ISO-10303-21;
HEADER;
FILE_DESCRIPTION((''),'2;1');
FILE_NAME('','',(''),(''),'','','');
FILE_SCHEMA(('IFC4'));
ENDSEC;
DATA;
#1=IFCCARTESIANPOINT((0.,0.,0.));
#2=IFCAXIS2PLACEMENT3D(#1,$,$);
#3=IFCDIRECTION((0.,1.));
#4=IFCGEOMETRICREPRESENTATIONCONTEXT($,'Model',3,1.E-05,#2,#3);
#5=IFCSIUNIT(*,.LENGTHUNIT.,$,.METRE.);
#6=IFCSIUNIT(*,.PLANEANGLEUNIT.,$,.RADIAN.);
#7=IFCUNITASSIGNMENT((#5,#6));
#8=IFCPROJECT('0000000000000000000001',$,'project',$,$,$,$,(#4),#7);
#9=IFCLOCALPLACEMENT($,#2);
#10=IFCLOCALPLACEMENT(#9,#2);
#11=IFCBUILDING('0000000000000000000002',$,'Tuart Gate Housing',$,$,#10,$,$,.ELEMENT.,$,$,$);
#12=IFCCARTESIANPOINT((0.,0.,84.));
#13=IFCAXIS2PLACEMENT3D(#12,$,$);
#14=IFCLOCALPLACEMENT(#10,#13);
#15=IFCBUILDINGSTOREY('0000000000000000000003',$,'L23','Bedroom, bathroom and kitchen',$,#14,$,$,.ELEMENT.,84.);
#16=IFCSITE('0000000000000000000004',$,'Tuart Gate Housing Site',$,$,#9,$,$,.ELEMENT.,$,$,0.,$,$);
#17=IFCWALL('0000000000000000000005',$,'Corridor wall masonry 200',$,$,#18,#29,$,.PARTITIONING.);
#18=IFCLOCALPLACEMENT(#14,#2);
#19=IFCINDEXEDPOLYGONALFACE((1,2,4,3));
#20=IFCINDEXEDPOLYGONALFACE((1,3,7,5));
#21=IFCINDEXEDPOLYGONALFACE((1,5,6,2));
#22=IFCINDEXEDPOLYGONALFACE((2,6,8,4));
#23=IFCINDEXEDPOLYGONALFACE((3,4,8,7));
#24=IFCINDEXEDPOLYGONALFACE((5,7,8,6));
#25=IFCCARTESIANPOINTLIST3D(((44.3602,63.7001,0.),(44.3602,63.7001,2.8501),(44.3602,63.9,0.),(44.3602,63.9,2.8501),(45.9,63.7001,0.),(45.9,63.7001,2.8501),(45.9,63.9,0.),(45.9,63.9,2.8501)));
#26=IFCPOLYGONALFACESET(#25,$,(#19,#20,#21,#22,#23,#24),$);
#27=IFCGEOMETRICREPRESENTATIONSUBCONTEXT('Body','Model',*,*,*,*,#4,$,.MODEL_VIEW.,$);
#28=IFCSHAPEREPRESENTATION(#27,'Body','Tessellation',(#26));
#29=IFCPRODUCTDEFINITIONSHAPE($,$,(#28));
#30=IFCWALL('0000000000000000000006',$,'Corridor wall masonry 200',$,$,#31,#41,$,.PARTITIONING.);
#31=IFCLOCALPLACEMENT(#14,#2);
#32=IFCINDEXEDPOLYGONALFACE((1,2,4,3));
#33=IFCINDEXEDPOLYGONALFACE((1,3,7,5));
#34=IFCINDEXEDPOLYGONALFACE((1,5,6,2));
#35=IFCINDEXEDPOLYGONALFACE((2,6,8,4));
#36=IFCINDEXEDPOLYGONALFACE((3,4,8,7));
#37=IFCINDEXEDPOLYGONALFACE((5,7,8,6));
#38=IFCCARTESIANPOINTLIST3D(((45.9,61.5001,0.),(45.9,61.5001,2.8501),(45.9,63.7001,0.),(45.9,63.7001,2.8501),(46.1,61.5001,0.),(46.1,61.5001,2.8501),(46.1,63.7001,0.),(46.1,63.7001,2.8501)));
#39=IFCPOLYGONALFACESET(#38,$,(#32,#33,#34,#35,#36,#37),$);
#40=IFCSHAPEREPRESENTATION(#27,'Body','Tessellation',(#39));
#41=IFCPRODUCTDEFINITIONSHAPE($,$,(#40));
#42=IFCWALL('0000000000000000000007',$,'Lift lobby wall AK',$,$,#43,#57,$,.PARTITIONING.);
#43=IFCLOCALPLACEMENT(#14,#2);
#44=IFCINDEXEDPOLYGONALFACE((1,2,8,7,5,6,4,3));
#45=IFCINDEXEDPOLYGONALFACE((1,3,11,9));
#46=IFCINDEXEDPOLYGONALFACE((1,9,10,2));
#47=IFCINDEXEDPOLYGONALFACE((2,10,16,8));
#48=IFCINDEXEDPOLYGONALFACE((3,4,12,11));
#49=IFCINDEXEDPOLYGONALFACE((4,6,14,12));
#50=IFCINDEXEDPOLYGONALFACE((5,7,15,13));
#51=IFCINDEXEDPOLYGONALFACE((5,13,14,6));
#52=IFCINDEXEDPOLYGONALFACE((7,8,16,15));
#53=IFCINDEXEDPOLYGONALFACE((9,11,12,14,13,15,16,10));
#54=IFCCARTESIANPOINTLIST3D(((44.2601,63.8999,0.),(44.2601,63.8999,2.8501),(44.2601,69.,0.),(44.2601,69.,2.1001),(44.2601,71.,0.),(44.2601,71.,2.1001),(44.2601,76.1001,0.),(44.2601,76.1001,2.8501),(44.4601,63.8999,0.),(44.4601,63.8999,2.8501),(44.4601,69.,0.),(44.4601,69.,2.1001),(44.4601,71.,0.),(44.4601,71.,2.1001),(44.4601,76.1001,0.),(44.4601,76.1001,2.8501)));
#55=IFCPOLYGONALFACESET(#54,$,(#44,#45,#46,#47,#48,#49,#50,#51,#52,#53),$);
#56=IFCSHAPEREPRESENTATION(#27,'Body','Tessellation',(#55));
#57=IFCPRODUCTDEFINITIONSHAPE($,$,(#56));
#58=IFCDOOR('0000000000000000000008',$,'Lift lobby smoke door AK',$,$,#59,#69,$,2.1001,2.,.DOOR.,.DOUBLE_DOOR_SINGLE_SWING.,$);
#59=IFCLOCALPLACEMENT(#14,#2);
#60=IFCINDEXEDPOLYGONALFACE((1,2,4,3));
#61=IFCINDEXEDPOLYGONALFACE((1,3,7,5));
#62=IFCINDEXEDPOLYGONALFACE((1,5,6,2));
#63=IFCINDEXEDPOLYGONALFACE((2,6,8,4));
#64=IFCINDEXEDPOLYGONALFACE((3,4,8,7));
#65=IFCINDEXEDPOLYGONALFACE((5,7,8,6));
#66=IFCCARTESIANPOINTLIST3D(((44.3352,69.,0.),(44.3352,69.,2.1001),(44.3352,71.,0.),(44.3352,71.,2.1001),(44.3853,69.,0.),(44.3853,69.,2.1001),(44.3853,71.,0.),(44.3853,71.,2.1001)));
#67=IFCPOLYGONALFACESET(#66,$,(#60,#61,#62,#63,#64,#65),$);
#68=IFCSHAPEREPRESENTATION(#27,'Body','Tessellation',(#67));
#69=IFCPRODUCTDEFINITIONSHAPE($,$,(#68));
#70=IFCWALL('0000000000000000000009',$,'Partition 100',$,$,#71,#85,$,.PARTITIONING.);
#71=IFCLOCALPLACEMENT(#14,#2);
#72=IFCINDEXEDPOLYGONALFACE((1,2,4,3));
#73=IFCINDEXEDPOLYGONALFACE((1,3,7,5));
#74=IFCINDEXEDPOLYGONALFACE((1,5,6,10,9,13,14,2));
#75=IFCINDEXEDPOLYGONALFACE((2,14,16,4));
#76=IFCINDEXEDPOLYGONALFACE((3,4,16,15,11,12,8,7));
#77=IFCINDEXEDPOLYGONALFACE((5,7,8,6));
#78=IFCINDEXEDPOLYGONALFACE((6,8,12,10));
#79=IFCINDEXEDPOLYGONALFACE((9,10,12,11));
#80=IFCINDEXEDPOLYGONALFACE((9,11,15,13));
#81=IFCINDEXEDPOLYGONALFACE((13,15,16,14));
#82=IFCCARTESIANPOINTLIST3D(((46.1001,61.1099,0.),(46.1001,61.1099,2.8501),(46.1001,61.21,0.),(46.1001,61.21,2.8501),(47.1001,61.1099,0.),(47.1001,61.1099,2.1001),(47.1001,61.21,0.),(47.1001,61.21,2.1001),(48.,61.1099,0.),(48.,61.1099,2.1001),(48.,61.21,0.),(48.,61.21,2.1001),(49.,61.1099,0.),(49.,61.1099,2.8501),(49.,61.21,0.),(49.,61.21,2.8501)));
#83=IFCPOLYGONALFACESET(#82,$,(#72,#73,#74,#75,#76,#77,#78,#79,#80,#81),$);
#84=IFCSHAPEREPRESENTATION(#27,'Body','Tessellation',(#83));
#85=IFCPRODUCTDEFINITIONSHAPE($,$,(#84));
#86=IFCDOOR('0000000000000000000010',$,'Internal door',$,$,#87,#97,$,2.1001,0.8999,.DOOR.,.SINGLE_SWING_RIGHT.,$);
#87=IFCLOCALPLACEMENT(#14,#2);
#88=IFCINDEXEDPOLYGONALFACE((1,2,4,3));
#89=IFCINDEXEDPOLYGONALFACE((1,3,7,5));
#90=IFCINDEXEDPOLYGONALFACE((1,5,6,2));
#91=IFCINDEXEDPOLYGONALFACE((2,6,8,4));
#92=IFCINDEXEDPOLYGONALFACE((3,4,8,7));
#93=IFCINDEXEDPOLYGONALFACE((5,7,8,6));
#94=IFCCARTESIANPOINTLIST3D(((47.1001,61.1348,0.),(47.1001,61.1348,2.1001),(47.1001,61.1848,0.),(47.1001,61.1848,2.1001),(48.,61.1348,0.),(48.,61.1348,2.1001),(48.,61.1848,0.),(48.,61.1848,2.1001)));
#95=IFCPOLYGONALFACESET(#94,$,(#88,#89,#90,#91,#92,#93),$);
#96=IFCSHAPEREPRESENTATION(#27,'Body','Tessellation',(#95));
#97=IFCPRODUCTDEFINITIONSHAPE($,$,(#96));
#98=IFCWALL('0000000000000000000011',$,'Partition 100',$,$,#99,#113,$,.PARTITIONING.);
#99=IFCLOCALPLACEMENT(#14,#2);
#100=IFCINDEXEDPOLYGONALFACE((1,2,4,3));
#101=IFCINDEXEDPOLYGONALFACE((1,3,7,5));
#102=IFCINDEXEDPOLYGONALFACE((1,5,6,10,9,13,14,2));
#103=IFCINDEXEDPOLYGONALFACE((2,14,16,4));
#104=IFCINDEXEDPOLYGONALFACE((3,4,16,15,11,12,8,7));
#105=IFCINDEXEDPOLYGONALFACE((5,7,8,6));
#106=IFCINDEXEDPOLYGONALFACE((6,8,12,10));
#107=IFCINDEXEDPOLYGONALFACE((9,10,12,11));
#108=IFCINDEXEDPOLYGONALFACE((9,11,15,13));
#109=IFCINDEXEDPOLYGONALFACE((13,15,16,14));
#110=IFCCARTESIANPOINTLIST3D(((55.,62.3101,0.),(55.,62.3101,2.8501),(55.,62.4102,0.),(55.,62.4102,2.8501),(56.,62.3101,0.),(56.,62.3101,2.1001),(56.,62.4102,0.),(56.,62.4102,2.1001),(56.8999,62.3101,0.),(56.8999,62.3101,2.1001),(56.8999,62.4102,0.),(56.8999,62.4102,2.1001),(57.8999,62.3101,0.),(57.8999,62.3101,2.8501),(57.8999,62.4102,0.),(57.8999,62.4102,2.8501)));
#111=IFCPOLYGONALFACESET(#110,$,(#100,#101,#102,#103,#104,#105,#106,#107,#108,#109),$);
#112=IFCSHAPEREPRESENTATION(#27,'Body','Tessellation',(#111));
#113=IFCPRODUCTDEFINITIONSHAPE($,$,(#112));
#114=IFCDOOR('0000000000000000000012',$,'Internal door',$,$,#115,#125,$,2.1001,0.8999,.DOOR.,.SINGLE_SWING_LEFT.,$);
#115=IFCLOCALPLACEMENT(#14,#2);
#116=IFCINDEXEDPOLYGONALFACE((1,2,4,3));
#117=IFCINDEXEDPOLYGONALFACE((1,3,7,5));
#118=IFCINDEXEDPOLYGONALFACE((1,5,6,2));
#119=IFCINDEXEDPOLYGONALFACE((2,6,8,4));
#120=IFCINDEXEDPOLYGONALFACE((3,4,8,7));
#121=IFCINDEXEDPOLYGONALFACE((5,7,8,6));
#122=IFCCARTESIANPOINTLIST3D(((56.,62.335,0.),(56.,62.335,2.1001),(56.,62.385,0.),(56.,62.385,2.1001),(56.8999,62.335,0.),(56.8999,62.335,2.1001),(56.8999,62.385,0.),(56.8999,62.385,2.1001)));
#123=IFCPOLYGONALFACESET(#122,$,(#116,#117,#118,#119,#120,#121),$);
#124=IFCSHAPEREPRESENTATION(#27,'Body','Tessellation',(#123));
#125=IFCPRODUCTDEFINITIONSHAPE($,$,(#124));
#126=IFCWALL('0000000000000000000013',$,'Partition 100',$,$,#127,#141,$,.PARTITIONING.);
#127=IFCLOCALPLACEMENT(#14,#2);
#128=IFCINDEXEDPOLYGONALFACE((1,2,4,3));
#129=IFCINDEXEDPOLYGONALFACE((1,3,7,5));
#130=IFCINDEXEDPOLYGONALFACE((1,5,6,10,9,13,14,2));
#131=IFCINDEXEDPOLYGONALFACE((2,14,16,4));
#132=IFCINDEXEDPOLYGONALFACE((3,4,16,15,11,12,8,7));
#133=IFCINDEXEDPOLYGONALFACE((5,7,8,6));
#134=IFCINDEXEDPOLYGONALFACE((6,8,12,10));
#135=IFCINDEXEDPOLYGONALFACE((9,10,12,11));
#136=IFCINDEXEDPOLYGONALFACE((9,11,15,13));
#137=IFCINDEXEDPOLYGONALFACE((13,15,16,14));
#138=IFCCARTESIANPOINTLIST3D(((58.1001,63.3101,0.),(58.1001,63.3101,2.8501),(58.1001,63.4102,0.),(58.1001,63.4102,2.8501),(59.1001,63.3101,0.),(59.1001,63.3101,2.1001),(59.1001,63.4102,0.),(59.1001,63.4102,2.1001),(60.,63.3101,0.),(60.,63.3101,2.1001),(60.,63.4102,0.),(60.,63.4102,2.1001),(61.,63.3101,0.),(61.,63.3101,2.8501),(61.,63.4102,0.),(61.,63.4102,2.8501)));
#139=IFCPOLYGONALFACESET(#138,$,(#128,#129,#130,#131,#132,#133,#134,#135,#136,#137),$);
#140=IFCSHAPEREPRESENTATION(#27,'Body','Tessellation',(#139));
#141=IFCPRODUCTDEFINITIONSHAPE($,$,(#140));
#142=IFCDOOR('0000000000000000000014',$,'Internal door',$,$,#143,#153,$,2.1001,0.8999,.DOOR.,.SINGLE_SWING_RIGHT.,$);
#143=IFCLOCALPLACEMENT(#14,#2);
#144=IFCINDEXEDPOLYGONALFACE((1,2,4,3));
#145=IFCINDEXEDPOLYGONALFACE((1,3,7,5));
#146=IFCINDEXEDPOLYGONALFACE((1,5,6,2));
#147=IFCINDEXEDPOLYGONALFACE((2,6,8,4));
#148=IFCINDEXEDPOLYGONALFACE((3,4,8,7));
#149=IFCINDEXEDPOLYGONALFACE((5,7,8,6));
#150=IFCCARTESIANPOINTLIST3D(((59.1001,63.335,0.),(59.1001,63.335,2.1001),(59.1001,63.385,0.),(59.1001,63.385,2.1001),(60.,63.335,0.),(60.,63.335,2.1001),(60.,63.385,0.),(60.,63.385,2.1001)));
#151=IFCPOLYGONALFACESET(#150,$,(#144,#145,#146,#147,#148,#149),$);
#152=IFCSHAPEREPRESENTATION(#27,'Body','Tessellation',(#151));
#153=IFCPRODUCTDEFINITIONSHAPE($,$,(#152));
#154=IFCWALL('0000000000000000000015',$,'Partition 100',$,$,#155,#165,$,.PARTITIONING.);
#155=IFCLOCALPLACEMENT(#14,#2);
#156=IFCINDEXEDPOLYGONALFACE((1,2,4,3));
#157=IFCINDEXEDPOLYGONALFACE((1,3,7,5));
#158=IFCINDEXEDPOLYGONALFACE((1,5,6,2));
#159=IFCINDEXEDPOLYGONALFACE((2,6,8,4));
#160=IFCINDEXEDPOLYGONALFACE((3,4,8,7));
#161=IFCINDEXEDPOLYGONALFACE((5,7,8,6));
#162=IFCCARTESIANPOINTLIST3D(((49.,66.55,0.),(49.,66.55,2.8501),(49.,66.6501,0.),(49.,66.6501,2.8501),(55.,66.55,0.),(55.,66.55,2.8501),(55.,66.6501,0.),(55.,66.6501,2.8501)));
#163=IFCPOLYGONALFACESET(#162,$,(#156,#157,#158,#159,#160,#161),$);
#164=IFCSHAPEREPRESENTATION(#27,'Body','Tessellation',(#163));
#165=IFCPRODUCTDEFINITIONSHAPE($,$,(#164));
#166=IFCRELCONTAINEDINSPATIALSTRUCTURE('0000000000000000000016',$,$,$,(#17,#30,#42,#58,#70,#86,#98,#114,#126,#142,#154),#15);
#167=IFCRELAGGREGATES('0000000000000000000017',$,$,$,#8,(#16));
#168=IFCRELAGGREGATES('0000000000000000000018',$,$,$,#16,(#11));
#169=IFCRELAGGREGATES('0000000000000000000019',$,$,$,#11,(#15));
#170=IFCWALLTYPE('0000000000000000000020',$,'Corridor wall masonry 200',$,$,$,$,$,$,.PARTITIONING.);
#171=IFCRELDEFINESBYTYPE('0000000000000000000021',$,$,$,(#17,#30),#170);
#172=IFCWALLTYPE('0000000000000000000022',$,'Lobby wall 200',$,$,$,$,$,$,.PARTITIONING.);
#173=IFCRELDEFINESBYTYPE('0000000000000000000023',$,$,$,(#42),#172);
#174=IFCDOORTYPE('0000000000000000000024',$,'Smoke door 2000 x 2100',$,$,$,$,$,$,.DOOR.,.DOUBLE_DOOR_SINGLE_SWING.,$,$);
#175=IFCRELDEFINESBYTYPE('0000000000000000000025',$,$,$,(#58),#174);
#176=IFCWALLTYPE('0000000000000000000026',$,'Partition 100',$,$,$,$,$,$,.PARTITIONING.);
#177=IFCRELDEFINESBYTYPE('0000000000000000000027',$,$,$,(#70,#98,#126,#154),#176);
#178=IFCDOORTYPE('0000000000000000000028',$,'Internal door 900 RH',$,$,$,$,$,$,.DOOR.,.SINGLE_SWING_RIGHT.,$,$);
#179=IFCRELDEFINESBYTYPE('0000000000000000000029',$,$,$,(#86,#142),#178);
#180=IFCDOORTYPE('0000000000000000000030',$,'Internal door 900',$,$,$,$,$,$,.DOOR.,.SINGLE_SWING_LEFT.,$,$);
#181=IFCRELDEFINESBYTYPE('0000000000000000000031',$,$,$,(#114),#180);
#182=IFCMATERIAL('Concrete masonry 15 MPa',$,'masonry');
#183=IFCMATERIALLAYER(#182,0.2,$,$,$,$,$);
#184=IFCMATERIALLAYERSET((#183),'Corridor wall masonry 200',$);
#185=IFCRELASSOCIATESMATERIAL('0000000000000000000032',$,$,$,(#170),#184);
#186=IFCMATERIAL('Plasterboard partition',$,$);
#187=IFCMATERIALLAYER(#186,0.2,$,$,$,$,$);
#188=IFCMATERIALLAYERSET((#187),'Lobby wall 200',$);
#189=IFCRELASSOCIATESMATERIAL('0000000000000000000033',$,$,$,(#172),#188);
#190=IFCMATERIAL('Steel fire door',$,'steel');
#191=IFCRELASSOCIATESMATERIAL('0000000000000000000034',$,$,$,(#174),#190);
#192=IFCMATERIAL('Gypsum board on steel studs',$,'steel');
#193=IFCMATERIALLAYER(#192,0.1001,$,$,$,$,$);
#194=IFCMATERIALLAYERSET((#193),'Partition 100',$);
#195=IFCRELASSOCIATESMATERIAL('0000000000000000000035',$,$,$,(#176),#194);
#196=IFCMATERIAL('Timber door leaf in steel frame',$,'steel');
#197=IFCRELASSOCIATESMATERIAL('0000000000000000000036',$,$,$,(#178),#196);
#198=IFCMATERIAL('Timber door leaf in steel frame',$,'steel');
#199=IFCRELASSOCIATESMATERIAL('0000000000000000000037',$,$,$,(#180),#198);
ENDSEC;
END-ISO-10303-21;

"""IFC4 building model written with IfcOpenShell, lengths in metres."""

from ifc_helpers import new_model, si_unit, direction, frame, frame_2d, origin, place, context, subcontext, project, spatial, rectangle, extrude, material, layer, layer_set, type_object, element, fill, save


model = new_model("IFC4")

# Units and contexts
model_context = context("Model", 3, precision=1e-05, world=origin(), true_north=direction((0.0, 1.0)))
body_context = subcontext(model_context, "Body", "Model", "MODEL_VIEW")
ifc_project = project(units=[si_unit("LENGTHUNIT", "METRE"), si_unit("PLANEANGLEUNIT", "RADIAN")], contexts=[model_context])

# Site, building, storey
site_placement = place(None, origin())
site = spatial("IfcSite", under=ifc_project, at=site_placement, Name="Tuart Gate Housing Site", CompositionType="ELEMENT", RefElevation=0.0)
building_placement = place(site_placement, origin())
building = spatial("IfcBuilding", under=site, at=building_placement, Name="Tuart Gate Housing", CompositionType="ELEMENT")
storey_placement = place(building_placement, frame((0.0, 0.0, 84.0)))
storey = spatial("IfcBuildingStorey", under=building, at=storey_placement, Name="L23", Description="Bedroom, bathroom and kitchen", CompositionType="ELEMENT", Elevation=84.0)

# Walls
ifc_material_1 = material(Name="Concrete masonry 15 MPa", Category="masonry")
ifc_layer_1 = layer(ifc_material_1, 0.2)
ifc_layer_set_1 = layer_set([ifc_layer_1], Name="Corridor wall masonry 200")
wall_type_1 = type_object("IfcWallType", Name="Corridor wall masonry 200", PredefinedType="PARTITIONING", material=ifc_layer_set_1)
wall_1_placement = place(storey_placement, frame((44.3601, 63.8, 0.0), z_axis=(0.0, 0.0, 1.0), x_axis=(1.0, 0.0, 0.0)))
element("IfcWall", 1, at=wall_1_placement, inside=storey, type_object=wall_type_1, Name="Corridor wall masonry 200", PredefinedType="PARTITIONING", context=body_context, shape_type="SweptSolid", body=[
    extrude(rectangle(XDim=1.5398, YDim=0.2, at=frame_2d((0.77, 0.0))), origin(), (0.0, 0.0, 1.0), 2.8501),
])
wall_2_placement = place(storey_placement, frame((46.0, 61.5, 0.0), z_axis=(0.0, 0.0, 1.0), x_axis=(0.0, 1.0, 0.0)))
element("IfcWall", 2, at=wall_2_placement, inside=storey, type_object=wall_type_1, Name="Corridor wall masonry 200", PredefinedType="PARTITIONING", context=body_context, shape_type="SweptSolid", body=[
    extrude(rectangle(XDim=2.2, YDim=0.2, at=frame_2d((1.1001, 0.0))), origin(), (0.0, 0.0, 1.0), 2.8501),
])

# Walls, openings, doors
ifc_material_2 = material(Name="Plasterboard partition")
ifc_layer_2 = layer(ifc_material_2, 0.2)
ifc_layer_set_2 = layer_set([ifc_layer_2], Name="Lobby wall 200")
wall_type_2 = type_object("IfcWallType", Name="Lobby wall 200", PredefinedType="PARTITIONING", material=ifc_layer_set_2)
wall_3_placement = place(storey_placement, frame((44.3601, 63.8999, 0.0), z_axis=(0.0, 0.0, 1.0), x_axis=(0.0, 1.0, 0.0)))
wall_3 = element("IfcWall", 3, at=wall_3_placement, inside=storey, type_object=wall_type_2, Name="Lift lobby wall AK", PredefinedType="PARTITIONING", context=body_context, shape_type="SweptSolid", body=[
    extrude(rectangle(XDim=12.2002, YDim=0.2, at=frame_2d((6.1001, 0.0))), origin(), (0.0, 0.0, 1.0), 2.8501),
])
opening_1_placement = place(wall_3_placement, frame((5.1001, 0.0, 0.0)))
opening_1 = element("IfcOpeningElement", 4, at=opening_1_placement, cuts=wall_3, PredefinedType="OPENING", context=body_context, shape_type="SweptSolid", body=[
    extrude(rectangle(XDim=2.0, YDim=2.1001, at=frame_2d((1.0, 1.05))), frame((0.0, 0.1099, 0.0), z_axis=(0.0, -1.0, 0.0), x_axis=(1.0, 0.0, 0.0)), (0.0, 0.0, 1.0), 0.22),
])
ifc_material_3 = material(Name="Steel fire door", Category="steel")
door_type_1 = type_object("IfcDoorType", Name="Smoke door 2000 x 2100", OperationType="DOUBLE_DOOR_SINGLE_SWING", PredefinedType="DOOR", material=ifc_material_3)
door_1_placement = place(opening_1_placement, origin())
door_1 = element("IfcDoor", 5, at=door_1_placement, inside=storey, type_object=door_type_1, Name="Lift lobby smoke door AK", OperationType="DOUBLE_DOOR_SINGLE_SWING", OverallHeight=2.1001, OverallWidth=2.0, PredefinedType="DOOR", context=body_context, shape_type="SweptSolid", body=[
    extrude(rectangle(XDim=2.0, YDim=2.1001, at=frame_2d((1.0, 1.05))), frame((0.0, 0.0249, 0.0), z_axis=(0.0, -1.0, 0.0), x_axis=(1.0, 0.0, 0.0)), (0.0, 0.0, 1.0), 0.05),
])
fill(opening_1, door_1)
ifc_material_4 = material(Name="Gypsum board on steel studs", Category="steel")
ifc_layer_3 = layer(ifc_material_4, 0.1001)
ifc_layer_set_3 = layer_set([ifc_layer_3], Name="Partition 100")
wall_type_3 = type_object("IfcWallType", Name="Partition 100", PredefinedType="PARTITIONING", material=ifc_layer_set_3)
wall_4_placement = place(storey_placement, frame((46.1001, 61.1599, 0.0), z_axis=(0.0, 0.0, 1.0), x_axis=(1.0, 0.0, 0.0)))
wall_4 = element("IfcWall", 6, at=wall_4_placement, inside=storey, type_object=wall_type_3, Name="Partition 100", PredefinedType="PARTITIONING", context=body_context, shape_type="SweptSolid", body=[
    extrude(rectangle(XDim=2.8999, YDim=0.1001, at=frame_2d((1.45, 0.0))), origin(), (0.0, 0.0, 1.0), 2.8501),
])
opening_2_placement = place(wall_4_placement, frame((1.0, 0.0, 0.0)))
opening_2 = element("IfcOpeningElement", 7, at=opening_2_placement, cuts=wall_4, PredefinedType="OPENING", context=body_context, shape_type="SweptSolid", body=[
    extrude(rectangle(XDim=0.8999, YDim=2.1001, at=frame_2d((0.45, 1.05))), frame((0.0, 0.0601, 0.0), z_axis=(0.0, -1.0, 0.0), x_axis=(1.0, 0.0, 0.0)), (0.0, 0.0, 1.0), 0.1201),
])
ifc_material_5 = material(Name="Timber door leaf in steel frame", Category="steel")
door_type_2 = type_object("IfcDoorType", Name="Internal door 900 RH", OperationType="SINGLE_SWING_RIGHT", PredefinedType="DOOR", material=ifc_material_5)
door_2_placement = place(opening_2_placement, origin())
door_2 = element("IfcDoor", 8, at=door_2_placement, inside=storey, type_object=door_type_2, Name="Internal door", OperationType="SINGLE_SWING_RIGHT", OverallHeight=2.1001, OverallWidth=0.8999, PredefinedType="DOOR", context=body_context, shape_type="SweptSolid", body=[
    extrude(rectangle(XDim=0.8999, YDim=2.1001, at=frame_2d((0.45, 1.05))), frame((0.0, 0.0249, 0.0), z_axis=(0.0, -1.0, 0.0), x_axis=(1.0, 0.0, 0.0)), (0.0, 0.0, 1.0), 0.05),
])
fill(opening_2, door_2)
wall_5_placement = place(storey_placement, frame((55.0, 62.3601, 0.0), z_axis=(0.0, 0.0, 1.0), x_axis=(1.0, 0.0, 0.0)))
wall_5 = element("IfcWall", 9, at=wall_5_placement, inside=storey, type_object=wall_type_3, Name="Partition 100", PredefinedType="PARTITIONING", context=body_context, shape_type="SweptSolid", body=[
    extrude(rectangle(XDim=2.8999, YDim=0.1001, at=frame_2d((1.45, 0.0))), origin(), (0.0, 0.0, 1.0), 2.8501),
])
opening_3_placement = place(wall_5_placement, frame((1.0, 0.0, 0.0)))
opening_3 = element("IfcOpeningElement", 10, at=opening_3_placement, cuts=wall_5, PredefinedType="OPENING", context=body_context, shape_type="SweptSolid", body=[
    extrude(rectangle(XDim=0.8999, YDim=2.1001, at=frame_2d((0.45, 1.05))), frame((0.0, 0.0601, 0.0), z_axis=(0.0, -1.0, 0.0), x_axis=(1.0, 0.0, 0.0)), (0.0, 0.0, 1.0), 0.1201),
])
ifc_material_6 = material(Name="Timber door leaf in steel frame", Category="steel")
door_type_3 = type_object("IfcDoorType", Name="Internal door 900", OperationType="SINGLE_SWING_LEFT", PredefinedType="DOOR", material=ifc_material_6)
door_3_placement = place(opening_3_placement, origin())
door_3 = element("IfcDoor", 11, at=door_3_placement, inside=storey, type_object=door_type_3, Name="Internal door", OperationType="SINGLE_SWING_LEFT", OverallHeight=2.1001, OverallWidth=0.8999, PredefinedType="DOOR", context=body_context, shape_type="SweptSolid", body=[
    extrude(rectangle(XDim=0.8999, YDim=2.1001, at=frame_2d((0.45, 1.05))), frame((0.0, 0.0249, 0.0), z_axis=(0.0, -1.0, 0.0), x_axis=(1.0, 0.0, 0.0)), (0.0, 0.0, 1.0), 0.05),
])
fill(opening_3, door_3)
wall_6_placement = place(storey_placement, frame((58.1001, 63.3601, 0.0), z_axis=(0.0, 0.0, 1.0), x_axis=(1.0, 0.0, 0.0)))
wall_6 = element("IfcWall", 12, at=wall_6_placement, inside=storey, type_object=wall_type_3, Name="Partition 100", PredefinedType="PARTITIONING", context=body_context, shape_type="SweptSolid", body=[
    extrude(rectangle(XDim=2.8999, YDim=0.1001, at=frame_2d((1.45, 0.0))), origin(), (0.0, 0.0, 1.0), 2.8501),
])
opening_4_placement = place(wall_6_placement, frame((1.0, 0.0, 0.0)))
opening_4 = element("IfcOpeningElement", 13, at=opening_4_placement, cuts=wall_6, PredefinedType="OPENING", context=body_context, shape_type="SweptSolid", body=[
    extrude(rectangle(XDim=0.8999, YDim=2.1001, at=frame_2d((0.45, 1.05))), frame((0.0, 0.0601, 0.0), z_axis=(0.0, -1.0, 0.0), x_axis=(1.0, 0.0, 0.0)), (0.0, 0.0, 1.0), 0.1201),
])
door_4_placement = place(opening_4_placement, origin())
door_4 = element("IfcDoor", 14, at=door_4_placement, inside=storey, type_object=door_type_2, Name="Internal door", OperationType="SINGLE_SWING_RIGHT", OverallHeight=2.1001, OverallWidth=0.8999, PredefinedType="DOOR", context=body_context, shape_type="SweptSolid", body=[
    extrude(rectangle(XDim=0.8999, YDim=2.1001, at=frame_2d((0.45, 1.05))), frame((0.0, 0.0249, 0.0), z_axis=(0.0, -1.0, 0.0), x_axis=(1.0, 0.0, 0.0)), (0.0, 0.0, 1.0), 0.05),
])
fill(opening_4, door_4)

# Wall
wall_7_placement = place(storey_placement, frame((49.0, 66.6001, 0.0), z_axis=(0.0, 0.0, 1.0), x_axis=(1.0, 0.0, 0.0)))
element("IfcWall", 15, at=wall_7_placement, inside=storey, type_object=wall_type_3, Name="Partition 100", PredefinedType="PARTITIONING", context=body_context, shape_type="SweptSolid", body=[
    extrude(rectangle(XDim=6.0, YDim=0.1001, at=frame_2d((3.0, 0.0))), origin(), (0.0, 0.0, 1.0), 2.8501),
])

save(model, "model.ifc")
